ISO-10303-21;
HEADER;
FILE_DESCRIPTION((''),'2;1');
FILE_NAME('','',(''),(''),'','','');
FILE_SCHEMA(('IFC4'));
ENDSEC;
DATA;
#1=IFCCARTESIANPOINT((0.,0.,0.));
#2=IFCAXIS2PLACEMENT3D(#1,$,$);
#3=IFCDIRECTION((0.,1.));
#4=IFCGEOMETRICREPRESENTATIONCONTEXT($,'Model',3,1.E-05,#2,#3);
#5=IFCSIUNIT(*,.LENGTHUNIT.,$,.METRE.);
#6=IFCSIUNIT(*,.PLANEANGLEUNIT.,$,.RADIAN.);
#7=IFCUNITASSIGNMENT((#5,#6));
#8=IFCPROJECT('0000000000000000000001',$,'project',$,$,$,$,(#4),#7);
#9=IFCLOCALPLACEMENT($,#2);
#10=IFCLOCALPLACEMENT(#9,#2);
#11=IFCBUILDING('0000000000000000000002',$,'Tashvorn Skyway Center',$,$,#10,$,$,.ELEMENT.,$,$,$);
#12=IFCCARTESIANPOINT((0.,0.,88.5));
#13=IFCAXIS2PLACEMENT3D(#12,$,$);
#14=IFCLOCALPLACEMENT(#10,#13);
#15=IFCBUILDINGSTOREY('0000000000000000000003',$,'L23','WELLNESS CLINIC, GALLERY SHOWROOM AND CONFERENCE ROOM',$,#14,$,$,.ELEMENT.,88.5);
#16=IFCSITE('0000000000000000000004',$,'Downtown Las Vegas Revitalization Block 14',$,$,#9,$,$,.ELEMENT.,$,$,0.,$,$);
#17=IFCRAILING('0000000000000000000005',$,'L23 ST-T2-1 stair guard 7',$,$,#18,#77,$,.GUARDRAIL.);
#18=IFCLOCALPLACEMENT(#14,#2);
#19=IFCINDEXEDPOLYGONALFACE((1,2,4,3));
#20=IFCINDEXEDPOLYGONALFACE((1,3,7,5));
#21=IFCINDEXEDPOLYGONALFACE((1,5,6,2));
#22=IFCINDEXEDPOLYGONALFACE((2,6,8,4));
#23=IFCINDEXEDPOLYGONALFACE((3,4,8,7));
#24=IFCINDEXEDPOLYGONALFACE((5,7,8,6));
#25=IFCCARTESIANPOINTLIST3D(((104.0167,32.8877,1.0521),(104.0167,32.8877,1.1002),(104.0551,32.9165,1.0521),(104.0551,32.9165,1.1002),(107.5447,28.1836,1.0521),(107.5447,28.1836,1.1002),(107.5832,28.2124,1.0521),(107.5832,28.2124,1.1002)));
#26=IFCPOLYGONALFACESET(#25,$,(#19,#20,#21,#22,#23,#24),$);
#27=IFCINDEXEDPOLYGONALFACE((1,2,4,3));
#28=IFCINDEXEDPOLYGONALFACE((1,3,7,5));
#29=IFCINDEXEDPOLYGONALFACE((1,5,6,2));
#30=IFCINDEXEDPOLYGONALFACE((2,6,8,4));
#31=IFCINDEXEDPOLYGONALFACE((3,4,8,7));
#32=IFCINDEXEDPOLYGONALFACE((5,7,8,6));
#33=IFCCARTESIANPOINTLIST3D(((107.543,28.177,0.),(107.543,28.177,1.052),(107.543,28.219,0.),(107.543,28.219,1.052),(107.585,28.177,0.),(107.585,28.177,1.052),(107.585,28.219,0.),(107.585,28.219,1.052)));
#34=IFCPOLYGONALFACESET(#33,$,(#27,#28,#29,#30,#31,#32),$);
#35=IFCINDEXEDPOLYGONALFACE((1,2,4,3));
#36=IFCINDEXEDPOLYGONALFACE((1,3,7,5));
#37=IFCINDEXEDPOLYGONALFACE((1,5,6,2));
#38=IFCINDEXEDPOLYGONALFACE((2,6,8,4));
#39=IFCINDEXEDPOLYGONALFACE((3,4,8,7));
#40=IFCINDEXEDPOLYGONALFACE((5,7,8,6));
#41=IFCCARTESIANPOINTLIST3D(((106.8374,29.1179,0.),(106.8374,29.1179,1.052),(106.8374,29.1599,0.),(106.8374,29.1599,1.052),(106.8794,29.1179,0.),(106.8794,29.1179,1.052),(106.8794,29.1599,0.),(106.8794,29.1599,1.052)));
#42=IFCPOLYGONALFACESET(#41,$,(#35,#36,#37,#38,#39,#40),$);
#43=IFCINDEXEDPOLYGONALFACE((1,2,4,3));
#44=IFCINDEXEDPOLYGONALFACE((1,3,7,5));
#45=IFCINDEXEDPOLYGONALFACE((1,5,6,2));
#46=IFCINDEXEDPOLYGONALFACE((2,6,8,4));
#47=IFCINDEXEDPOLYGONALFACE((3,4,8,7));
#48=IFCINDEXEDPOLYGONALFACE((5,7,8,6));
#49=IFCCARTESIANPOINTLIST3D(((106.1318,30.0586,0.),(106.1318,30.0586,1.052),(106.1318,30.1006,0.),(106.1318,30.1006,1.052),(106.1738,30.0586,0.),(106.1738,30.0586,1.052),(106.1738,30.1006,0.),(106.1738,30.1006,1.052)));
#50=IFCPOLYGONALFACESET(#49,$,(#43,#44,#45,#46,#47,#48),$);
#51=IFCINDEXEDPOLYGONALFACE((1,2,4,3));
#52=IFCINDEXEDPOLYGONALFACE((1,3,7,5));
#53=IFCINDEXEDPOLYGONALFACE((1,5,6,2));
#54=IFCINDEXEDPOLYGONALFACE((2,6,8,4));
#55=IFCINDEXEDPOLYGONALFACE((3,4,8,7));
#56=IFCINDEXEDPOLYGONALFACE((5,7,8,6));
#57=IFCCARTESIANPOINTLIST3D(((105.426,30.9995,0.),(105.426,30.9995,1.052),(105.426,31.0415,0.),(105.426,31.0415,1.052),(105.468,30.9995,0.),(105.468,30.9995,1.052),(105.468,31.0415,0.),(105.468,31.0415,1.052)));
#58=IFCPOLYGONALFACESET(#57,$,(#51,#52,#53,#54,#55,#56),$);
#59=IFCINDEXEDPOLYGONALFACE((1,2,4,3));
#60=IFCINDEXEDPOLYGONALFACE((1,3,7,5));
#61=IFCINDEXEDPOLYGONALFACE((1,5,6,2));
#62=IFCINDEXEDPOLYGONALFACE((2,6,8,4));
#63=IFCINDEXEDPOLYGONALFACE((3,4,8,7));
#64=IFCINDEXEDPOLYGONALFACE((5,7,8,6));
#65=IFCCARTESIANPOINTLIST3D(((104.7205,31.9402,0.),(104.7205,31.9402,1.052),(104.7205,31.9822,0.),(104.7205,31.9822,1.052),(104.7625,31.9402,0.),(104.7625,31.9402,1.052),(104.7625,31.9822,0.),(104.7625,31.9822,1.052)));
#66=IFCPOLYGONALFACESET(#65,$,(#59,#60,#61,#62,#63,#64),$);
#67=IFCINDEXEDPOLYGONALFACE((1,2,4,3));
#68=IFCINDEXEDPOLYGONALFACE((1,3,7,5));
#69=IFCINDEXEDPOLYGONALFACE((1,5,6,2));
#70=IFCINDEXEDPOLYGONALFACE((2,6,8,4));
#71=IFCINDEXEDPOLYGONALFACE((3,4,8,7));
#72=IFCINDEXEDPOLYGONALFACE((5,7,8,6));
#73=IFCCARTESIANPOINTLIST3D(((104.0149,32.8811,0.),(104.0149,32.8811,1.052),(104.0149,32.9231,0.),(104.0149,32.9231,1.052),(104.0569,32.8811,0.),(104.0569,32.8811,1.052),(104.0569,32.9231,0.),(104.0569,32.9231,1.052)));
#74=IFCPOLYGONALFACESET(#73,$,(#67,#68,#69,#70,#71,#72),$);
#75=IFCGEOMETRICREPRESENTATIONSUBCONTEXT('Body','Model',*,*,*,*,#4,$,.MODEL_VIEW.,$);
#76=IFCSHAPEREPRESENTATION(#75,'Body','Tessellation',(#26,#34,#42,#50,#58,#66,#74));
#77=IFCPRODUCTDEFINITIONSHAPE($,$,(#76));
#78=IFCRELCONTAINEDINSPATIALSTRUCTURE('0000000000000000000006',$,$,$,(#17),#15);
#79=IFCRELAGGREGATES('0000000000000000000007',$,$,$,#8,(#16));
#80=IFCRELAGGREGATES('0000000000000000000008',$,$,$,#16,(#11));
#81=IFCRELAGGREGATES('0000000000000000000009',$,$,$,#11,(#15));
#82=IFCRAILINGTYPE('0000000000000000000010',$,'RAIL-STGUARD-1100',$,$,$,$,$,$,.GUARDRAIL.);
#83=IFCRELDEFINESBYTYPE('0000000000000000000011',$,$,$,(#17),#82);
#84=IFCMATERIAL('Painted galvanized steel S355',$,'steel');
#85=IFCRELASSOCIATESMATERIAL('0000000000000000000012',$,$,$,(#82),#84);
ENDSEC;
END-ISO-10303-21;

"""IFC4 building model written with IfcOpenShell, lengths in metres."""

from ifc_helpers import new_model, si_unit, direction, frame, origin, origin_2d, place, context, subcontext, project, spatial, rectangle, extrude, material, type_object, element, save


model = new_model("IFC4")

# Units and contexts
model_context = context("Model", 3, precision=1e-05, world=origin(), true_north=direction((0.0, 1.0)))
body_context = subcontext(model_context, "Body", "Model", "MODEL_VIEW")
ifc_project = project(units=[si_unit("LENGTHUNIT", "METRE"), si_unit("PLANEANGLEUNIT", "RADIAN")], contexts=[model_context])

# Site, building, storey
site_placement = place(None, origin())
site = spatial("IfcSite", under=ifc_project, at=site_placement, Name="Downtown Las Vegas Revitalization Block 14", CompositionType="ELEMENT", RefElevation=0.0)
building_placement = place(site_placement, origin())
building = spatial("IfcBuilding", under=site, at=building_placement, Name="Tashvorn Skyway Center", CompositionType="ELEMENT")
storey_placement = place(building_placement, frame((0.0, 0.0, 88.5)))
storey = spatial("IfcBuildingStorey", under=building, at=storey_placement, Name="L23", Description="WELLNESS CLINIC, GALLERY SHOWROOM AND CONFERENCE ROOM", CompositionType="ELEMENT", Elevation=88.5)

# Railing
ifc_material_1 = material(Name="Painted galvanized steel S355", Category="steel")
railing_type_1 = type_object("IfcRailingType", Name="RAIL-STGUARD-1100", PredefinedType="GUARDRAIL", material=ifc_material_1)
railing_1_placement = place(storey_placement, frame((107.564, 28.198, 0.0)))
element("IfcRailing", 1, at=railing_1_placement, inside=storey, type_object=railing_type_1, Name="L23 ST-T2-1 stair guard 7", PredefinedType="GUARDRAIL", context=body_context, shape_type="SweptSolid", body=[
    extrude(rectangle(XDim=0.0481, YDim=0.0481, at=origin_2d()), frame((0.0, 0.0, 1.0762), z_axis=(-0.6, 0.8, 0.0), x_axis=(-0.8, -0.6, 0.0)), (0.0, 0.0, 1.0), 5.8801),
    extrude(rectangle(XDim=0.042, YDim=0.042, at=origin_2d()), origin(), (0.0, 0.0, 1.0), 1.052),
    extrude(rectangle(XDim=0.042, YDim=0.042, at=origin_2d()), frame((-0.7056, 0.9409, 0.0)), (0.0, 0.0, 1.0), 1.052),
    extrude(rectangle(XDim=0.042, YDim=0.042, at=origin_2d()), frame((-1.4111, 1.8816, 0.0)), (0.0, 0.0, 1.0), 1.052),
    extrude(rectangle(XDim=0.042, YDim=0.042, at=origin_2d()), frame((-2.1169, 2.8225, 0.0)), (0.0, 0.0, 1.0), 1.052),
    extrude(rectangle(XDim=0.042, YDim=0.042, at=origin_2d()), frame((-2.8225, 3.7632, 0.0)), (0.0, 0.0, 1.0), 1.052),
    extrude(rectangle(XDim=0.042, YDim=0.042, at=origin_2d()), frame((-3.5281, 4.7041, 0.0)), (0.0, 0.0, 1.0), 1.052),
])

save(model, "model.ifc")
